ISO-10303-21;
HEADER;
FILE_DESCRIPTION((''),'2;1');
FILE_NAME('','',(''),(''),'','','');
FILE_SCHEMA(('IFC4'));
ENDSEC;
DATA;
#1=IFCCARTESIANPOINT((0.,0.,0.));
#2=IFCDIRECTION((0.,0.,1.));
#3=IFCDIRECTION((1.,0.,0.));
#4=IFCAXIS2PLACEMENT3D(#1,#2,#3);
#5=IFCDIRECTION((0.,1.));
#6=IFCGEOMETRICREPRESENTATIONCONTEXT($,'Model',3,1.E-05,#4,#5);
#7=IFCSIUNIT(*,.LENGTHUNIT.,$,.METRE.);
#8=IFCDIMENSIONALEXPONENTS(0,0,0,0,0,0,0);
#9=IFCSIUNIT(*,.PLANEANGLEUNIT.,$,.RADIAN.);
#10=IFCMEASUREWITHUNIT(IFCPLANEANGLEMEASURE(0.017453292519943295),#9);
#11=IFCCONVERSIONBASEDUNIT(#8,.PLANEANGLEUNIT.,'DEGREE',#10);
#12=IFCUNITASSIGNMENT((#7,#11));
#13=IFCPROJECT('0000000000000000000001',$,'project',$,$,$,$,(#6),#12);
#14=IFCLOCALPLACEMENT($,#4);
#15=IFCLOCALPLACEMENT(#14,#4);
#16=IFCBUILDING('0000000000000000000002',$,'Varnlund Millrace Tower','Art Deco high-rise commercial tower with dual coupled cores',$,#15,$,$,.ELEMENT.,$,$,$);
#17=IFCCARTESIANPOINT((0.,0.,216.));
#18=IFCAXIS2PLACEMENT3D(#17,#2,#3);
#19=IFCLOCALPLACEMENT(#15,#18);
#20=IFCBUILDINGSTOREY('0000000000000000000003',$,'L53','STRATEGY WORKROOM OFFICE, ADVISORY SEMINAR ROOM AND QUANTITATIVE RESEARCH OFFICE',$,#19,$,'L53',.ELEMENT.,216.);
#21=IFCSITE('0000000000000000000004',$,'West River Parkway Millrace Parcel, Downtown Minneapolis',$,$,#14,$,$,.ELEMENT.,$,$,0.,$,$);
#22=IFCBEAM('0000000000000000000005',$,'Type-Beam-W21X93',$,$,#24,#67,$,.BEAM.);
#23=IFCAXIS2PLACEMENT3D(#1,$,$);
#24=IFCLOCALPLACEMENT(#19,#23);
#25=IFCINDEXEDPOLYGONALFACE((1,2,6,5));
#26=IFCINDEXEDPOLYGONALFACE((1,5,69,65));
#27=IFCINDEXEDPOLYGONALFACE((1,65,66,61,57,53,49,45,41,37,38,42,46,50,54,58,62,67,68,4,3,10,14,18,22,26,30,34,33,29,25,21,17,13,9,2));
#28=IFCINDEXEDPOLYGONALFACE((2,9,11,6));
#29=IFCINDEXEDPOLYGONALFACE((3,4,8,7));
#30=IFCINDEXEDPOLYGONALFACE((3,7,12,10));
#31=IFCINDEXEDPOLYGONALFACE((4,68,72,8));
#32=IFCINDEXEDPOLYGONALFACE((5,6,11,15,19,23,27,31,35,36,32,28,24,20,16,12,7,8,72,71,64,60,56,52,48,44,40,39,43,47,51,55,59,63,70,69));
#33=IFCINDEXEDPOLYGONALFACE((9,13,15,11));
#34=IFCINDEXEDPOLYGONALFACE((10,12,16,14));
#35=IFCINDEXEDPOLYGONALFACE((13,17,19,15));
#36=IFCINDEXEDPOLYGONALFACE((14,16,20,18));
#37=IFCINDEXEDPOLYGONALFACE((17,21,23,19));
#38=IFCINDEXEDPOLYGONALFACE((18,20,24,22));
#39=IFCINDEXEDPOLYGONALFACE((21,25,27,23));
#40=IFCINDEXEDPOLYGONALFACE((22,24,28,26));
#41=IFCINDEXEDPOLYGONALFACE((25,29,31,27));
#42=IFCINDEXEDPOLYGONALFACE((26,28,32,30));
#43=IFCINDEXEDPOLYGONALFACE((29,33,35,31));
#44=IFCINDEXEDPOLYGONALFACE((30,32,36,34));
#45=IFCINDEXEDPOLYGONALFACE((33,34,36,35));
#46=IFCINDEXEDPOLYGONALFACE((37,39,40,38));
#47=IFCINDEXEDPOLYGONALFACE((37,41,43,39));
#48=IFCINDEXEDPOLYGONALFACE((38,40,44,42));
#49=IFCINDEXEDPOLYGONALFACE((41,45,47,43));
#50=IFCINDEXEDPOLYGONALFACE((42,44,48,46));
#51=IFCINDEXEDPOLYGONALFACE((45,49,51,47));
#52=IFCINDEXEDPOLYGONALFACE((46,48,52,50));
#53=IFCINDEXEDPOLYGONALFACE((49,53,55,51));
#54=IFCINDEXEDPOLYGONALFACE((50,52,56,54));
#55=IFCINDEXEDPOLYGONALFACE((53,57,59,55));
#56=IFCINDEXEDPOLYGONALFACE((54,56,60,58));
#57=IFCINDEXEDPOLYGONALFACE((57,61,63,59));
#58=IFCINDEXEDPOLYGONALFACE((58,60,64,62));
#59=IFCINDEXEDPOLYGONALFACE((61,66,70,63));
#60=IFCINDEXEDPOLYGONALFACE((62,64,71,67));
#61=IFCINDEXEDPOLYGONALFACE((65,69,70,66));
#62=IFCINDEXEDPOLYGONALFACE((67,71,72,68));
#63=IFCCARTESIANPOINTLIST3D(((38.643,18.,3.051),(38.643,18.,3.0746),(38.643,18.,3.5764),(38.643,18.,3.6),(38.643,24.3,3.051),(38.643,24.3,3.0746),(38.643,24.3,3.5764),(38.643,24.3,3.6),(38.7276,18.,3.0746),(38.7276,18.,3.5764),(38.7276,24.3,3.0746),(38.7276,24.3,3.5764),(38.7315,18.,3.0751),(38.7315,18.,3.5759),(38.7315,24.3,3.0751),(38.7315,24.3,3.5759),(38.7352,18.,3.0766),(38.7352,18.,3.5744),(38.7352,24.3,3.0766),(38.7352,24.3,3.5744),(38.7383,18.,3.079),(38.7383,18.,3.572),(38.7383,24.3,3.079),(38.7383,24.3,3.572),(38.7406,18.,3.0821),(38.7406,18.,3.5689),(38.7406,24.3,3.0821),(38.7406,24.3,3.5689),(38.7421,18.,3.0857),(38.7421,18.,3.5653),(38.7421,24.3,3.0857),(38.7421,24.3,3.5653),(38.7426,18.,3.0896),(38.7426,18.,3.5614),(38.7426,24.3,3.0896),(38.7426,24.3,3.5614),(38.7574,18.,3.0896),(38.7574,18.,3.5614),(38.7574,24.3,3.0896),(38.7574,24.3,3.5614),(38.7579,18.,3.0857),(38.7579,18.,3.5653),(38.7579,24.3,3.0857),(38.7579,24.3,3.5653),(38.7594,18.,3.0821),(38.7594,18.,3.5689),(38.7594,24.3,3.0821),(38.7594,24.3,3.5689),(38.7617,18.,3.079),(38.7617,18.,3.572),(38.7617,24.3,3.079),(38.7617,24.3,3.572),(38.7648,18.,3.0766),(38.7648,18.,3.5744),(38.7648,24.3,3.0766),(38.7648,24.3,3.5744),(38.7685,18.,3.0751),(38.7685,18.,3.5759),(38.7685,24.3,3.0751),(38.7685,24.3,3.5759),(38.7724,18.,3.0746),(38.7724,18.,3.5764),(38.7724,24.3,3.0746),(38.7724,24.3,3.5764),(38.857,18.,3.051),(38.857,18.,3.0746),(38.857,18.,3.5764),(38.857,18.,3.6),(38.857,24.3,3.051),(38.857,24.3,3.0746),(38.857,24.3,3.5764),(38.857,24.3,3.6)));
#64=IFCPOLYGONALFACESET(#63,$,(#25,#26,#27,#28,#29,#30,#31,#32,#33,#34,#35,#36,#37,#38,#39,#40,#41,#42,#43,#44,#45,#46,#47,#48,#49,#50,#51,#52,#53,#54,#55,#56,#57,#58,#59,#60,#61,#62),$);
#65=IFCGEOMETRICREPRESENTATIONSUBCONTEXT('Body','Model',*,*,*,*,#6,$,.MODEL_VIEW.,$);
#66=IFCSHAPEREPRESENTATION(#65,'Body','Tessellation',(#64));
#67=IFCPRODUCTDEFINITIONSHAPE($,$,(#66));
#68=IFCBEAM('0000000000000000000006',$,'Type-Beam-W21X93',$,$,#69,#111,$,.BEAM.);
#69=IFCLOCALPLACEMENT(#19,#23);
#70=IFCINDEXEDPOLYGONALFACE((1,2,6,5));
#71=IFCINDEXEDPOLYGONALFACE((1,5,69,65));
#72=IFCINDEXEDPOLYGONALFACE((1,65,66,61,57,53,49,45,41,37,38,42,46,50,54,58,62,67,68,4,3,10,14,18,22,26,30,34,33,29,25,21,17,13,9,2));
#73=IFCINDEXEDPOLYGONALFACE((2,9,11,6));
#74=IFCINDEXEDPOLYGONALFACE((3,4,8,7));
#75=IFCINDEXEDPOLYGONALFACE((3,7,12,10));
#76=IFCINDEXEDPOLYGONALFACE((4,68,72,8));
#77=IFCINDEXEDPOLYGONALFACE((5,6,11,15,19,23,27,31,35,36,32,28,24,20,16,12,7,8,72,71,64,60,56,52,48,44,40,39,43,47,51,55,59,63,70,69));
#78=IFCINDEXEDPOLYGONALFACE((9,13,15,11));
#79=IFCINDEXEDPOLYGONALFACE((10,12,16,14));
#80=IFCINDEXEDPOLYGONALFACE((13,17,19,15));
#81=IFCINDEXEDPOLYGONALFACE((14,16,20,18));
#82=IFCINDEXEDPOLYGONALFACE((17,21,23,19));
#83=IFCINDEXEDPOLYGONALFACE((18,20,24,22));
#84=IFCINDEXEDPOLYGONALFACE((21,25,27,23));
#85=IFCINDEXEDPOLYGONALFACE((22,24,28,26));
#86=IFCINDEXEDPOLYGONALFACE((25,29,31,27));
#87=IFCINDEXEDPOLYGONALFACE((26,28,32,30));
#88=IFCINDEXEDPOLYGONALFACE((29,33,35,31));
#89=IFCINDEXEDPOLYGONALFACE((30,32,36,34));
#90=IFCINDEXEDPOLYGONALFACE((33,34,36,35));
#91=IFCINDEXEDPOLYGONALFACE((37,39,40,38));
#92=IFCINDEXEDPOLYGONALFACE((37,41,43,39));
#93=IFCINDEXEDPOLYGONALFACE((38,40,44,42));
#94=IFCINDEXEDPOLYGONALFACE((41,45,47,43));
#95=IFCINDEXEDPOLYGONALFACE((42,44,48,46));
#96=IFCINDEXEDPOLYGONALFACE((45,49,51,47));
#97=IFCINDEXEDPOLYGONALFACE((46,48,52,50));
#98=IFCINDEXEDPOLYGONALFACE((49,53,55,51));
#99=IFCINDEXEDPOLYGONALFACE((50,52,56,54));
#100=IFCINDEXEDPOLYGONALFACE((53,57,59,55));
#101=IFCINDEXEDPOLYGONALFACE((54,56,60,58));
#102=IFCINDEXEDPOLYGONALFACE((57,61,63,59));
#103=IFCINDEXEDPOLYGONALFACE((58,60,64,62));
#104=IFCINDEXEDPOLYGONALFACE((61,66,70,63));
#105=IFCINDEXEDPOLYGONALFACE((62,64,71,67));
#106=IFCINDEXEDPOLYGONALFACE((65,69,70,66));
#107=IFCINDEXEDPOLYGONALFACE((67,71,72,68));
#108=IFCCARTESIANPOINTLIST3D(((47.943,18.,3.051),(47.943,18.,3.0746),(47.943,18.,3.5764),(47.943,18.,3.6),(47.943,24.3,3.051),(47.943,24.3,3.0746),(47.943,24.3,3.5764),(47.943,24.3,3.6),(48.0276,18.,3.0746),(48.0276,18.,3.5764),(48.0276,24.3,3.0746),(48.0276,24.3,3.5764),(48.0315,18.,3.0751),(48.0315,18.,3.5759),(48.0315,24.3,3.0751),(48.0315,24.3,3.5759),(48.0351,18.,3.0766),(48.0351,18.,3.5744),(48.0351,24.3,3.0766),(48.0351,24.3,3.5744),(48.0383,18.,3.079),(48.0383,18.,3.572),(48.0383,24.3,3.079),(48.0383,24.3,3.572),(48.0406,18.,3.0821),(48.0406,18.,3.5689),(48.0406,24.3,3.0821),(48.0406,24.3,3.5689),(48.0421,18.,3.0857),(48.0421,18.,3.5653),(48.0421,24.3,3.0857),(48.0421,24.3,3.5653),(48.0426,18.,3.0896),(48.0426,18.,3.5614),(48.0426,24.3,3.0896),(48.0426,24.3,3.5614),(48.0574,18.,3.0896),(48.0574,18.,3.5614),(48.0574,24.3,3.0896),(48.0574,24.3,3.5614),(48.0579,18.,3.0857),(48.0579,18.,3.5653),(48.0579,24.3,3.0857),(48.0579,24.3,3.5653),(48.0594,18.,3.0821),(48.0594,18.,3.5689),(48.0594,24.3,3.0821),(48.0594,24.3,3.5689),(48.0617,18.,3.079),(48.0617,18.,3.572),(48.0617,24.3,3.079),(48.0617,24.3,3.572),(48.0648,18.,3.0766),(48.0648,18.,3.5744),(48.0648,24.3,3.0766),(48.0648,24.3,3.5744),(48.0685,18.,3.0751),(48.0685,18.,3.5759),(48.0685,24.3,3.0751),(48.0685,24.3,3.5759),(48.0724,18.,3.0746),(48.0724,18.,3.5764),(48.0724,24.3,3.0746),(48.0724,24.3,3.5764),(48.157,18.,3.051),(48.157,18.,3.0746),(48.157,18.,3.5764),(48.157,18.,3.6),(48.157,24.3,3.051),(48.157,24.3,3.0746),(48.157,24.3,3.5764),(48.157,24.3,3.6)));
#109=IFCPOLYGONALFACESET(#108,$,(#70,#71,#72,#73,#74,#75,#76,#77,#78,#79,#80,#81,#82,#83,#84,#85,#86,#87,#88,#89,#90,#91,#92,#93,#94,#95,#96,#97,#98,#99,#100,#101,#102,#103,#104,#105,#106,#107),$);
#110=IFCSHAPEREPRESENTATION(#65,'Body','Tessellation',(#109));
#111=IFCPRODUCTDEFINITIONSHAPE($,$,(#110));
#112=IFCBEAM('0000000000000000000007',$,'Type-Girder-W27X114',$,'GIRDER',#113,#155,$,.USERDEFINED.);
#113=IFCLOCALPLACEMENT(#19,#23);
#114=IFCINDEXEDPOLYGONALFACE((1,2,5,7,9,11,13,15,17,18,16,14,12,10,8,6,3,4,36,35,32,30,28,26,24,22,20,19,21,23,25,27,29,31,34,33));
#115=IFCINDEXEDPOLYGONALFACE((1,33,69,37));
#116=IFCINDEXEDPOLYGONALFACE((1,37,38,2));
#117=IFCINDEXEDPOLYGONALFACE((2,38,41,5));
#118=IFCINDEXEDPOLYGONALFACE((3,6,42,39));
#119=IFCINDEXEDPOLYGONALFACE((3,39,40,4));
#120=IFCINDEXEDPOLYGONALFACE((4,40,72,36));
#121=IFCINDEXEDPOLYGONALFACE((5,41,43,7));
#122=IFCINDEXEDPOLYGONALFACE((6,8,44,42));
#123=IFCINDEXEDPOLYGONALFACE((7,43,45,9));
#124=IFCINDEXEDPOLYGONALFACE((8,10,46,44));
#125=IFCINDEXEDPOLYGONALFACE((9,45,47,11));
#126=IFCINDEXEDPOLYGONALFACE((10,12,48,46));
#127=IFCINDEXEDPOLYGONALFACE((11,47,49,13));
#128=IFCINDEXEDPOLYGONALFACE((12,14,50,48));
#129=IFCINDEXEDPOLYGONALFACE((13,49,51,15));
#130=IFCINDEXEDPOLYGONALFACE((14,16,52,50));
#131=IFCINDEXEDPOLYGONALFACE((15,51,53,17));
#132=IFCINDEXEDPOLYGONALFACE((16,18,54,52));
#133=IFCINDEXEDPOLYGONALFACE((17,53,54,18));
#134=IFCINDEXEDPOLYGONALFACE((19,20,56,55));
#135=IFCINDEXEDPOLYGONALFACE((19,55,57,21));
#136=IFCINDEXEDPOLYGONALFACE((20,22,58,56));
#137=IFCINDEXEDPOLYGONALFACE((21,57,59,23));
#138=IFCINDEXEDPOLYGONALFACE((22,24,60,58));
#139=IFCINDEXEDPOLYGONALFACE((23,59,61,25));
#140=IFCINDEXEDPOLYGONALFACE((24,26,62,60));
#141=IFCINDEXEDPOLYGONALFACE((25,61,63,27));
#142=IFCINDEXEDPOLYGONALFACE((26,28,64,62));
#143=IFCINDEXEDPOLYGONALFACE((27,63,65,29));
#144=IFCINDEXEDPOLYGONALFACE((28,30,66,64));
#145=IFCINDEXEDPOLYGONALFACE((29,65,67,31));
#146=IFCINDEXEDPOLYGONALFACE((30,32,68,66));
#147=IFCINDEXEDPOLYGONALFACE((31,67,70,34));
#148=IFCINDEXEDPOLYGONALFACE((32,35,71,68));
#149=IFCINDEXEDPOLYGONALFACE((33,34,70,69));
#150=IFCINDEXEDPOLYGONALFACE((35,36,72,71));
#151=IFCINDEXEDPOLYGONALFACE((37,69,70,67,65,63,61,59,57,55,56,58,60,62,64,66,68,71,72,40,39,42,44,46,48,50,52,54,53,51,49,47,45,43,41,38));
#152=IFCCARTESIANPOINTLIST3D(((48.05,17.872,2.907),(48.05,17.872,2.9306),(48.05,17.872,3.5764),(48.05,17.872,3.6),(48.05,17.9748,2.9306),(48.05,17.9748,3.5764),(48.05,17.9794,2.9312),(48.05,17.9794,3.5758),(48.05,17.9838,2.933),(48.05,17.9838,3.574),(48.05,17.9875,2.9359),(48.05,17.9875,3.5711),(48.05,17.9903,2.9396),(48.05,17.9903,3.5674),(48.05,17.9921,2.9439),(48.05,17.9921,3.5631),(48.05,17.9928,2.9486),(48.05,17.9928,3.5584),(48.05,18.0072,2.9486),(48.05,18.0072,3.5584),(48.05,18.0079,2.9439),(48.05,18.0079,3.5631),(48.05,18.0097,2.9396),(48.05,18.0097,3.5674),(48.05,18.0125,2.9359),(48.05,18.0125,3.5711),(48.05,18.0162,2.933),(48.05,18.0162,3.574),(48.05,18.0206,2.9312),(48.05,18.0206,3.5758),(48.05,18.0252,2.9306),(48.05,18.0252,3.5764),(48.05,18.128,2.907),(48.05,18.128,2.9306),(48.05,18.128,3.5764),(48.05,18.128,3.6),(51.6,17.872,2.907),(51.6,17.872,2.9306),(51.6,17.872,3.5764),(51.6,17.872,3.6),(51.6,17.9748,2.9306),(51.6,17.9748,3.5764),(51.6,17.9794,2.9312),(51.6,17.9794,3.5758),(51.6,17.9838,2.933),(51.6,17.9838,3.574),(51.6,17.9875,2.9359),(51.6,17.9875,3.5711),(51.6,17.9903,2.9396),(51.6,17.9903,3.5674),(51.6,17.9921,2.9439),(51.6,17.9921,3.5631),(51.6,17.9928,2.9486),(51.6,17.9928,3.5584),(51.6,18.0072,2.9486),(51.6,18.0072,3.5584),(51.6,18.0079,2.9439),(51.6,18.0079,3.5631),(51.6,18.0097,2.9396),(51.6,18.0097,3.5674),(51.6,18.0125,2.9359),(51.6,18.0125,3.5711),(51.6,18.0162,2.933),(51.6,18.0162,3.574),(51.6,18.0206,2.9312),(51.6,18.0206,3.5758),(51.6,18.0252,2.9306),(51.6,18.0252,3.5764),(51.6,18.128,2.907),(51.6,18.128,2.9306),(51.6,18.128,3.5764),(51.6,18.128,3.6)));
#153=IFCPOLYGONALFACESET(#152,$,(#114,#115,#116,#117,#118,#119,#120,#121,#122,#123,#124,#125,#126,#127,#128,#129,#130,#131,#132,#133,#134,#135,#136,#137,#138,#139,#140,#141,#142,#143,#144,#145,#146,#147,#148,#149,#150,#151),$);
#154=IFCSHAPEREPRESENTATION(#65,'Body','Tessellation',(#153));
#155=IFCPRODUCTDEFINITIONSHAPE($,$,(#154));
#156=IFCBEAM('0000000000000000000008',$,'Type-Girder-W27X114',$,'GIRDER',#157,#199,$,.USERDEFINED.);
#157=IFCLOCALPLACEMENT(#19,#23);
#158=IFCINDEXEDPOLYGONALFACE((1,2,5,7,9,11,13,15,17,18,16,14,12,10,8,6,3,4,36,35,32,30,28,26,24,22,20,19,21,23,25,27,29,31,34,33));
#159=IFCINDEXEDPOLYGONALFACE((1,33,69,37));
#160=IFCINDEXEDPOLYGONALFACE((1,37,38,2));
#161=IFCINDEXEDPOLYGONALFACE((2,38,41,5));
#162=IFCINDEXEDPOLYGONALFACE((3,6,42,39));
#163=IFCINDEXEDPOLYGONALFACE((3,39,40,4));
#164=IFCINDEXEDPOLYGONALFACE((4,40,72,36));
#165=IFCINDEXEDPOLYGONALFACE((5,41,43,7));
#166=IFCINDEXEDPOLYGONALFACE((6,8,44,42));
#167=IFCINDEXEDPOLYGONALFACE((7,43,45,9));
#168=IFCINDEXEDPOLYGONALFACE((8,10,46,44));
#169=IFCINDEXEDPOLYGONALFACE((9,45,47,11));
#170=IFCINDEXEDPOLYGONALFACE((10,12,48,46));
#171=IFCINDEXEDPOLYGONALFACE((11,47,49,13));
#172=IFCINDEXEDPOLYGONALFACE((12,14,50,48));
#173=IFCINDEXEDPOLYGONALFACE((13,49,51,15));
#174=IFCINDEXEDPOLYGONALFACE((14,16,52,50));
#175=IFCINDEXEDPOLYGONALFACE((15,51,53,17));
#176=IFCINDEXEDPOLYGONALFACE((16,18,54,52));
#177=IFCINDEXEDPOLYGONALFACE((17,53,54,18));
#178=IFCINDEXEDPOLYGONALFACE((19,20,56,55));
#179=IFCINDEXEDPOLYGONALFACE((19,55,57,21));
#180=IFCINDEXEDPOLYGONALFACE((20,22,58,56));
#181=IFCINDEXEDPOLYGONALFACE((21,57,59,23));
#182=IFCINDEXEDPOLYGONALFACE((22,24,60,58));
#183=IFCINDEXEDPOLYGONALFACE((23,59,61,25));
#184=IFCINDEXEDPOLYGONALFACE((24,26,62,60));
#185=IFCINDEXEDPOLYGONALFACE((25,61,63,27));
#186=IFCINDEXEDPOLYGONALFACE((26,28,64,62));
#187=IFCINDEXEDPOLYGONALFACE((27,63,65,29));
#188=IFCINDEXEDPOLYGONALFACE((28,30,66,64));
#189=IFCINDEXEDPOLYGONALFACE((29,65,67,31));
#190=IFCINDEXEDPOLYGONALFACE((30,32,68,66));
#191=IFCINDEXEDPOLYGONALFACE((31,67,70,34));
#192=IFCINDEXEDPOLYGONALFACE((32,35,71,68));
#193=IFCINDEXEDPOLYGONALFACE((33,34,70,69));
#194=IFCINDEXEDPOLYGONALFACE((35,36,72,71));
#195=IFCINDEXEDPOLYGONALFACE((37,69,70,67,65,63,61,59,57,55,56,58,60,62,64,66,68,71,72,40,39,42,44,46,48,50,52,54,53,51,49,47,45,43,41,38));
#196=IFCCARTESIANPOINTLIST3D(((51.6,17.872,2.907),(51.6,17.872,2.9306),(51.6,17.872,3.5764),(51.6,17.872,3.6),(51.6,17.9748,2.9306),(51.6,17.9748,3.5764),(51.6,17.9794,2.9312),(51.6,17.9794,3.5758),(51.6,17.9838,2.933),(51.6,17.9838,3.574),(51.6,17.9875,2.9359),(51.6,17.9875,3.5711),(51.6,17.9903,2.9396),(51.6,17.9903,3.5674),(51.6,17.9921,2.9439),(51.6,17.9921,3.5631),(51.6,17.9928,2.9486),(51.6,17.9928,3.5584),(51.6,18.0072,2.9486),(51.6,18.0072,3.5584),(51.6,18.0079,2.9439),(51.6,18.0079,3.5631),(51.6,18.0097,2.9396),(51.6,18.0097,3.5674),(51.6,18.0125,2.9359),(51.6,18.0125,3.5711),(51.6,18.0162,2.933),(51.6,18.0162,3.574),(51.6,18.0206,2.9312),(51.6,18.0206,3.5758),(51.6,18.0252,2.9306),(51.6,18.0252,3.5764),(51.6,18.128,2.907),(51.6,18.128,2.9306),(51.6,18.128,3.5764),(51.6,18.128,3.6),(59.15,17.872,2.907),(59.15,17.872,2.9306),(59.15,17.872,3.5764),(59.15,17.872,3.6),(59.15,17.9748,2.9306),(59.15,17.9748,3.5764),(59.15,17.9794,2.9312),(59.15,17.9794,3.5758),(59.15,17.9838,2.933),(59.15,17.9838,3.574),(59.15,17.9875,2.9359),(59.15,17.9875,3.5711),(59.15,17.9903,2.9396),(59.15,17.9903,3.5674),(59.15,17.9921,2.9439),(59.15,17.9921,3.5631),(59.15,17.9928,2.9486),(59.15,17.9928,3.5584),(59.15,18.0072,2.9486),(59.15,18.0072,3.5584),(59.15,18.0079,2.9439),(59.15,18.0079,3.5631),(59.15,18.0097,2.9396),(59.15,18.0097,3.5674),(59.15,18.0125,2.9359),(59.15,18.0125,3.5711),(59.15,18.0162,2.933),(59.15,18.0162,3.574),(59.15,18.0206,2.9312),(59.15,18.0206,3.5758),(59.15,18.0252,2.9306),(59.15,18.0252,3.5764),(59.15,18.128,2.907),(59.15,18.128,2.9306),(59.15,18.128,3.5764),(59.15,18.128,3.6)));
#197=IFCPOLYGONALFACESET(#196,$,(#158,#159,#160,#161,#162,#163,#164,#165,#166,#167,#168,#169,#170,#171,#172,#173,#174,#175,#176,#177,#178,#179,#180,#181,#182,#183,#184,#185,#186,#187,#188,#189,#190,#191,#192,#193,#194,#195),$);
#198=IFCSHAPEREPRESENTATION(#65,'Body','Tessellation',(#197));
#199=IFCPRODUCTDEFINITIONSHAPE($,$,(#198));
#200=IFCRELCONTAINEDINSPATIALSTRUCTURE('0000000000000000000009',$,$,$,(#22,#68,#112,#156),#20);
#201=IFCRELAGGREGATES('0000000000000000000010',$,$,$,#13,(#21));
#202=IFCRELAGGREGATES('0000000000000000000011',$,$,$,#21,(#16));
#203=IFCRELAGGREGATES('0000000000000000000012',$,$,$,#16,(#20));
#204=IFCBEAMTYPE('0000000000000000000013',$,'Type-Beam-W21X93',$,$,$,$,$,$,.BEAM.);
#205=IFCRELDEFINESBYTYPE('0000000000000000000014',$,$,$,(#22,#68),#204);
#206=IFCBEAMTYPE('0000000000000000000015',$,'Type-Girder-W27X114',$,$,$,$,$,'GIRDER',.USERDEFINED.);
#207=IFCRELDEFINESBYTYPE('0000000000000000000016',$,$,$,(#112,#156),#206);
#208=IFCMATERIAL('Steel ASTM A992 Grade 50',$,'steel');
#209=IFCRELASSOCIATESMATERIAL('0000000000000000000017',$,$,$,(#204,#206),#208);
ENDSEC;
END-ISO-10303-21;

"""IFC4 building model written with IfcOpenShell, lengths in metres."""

from ifc_helpers import new_model, entity, si_unit, converted_unit, direction, frame, origin_with_axes, origin_2d_with_axis, place, context, subcontext, project, spatial, i_section, extrude, material, material_profile, profile_set, type_object, element, save


model = new_model("IFC4")

# Units and contexts
model_context = context("Model", 3, precision=1e-05, world=origin_with_axes(), true_north=direction((0.0, 1.0)))
body_context = subcontext(model_context, "Body", "Model", "MODEL_VIEW")
ifc_project = project(units=[si_unit("LENGTHUNIT", "METRE"), converted_unit("PLANEANGLEUNIT", "DEGREE", entity("IfcPlaneAngleMeasure", 0.017453292519943295), si_unit("PLANEANGLEUNIT", "RADIAN"), dimensions=[0, 0, 0, 0, 0, 0, 0])], contexts=[model_context])

# Site, building, storey
site_placement = place(None, origin_with_axes())
site = spatial("IfcSite", under=ifc_project, at=site_placement, Name="West River Parkway Millrace Parcel, Downtown Minneapolis", CompositionType="ELEMENT", RefElevation=0.0)
building_placement = place(site_placement, origin_with_axes())
building = spatial("IfcBuilding", under=site, at=building_placement, Name="Varnlund Millrace Tower", Description="Art Deco high-rise commercial tower with dual coupled cores", CompositionType="ELEMENT")
storey_placement = place(building_placement, frame((0.0, 0.0, 216.0), z_axis=(0.0, 0.0, 1.0), x_axis=(1.0, 0.0, 0.0)))
storey = spatial("IfcBuildingStorey", under=building, at=storey_placement, Name="L53", Description="STRATEGY WORKROOM OFFICE, ADVISORY SEMINAR ROOM AND QUANTITATIVE RESEARCH OFFICE", LongName="L53", CompositionType="ELEMENT", Elevation=216.0)

# Beams
ifc_material_1 = material(Name="Steel ASTM A992 Grade 50", Category="steel")
ifc_material_profile_1 = material_profile(ifc_material_1, i_section(OverallWidth=0.214, OverallDepth=0.549, WebThickness=0.0147, FlangeThickness=0.0236, FilletRadius=0.015, at=origin_2d_with_axis()), Name="Steel ASTM A992 Grade 50")
ifc_profile_set_1 = profile_set([ifc_material_profile_1], Name="Steel ASTM A992 Grade 50")
beam_type_1 = type_object("IfcBeamType", Name="Type-Beam-W21X93", PredefinedType="BEAM", material=ifc_profile_set_1)
for number, where, z_axis, x_axis, name in (
    (1, (38.75, 18.0, 3.3255), (0.0, 1.0, 0.0), (-1.0, 0.0, 0.0), "Type-Beam-W21X93"),
    (2, (48.05, 18.0, 3.3255), (0.0, 1.0, 0.0), (-1.0, 0.0, 0.0), "Type-Beam-W21X93"),
):
    element("IfcBeam", number, at=place(storey_placement, frame(where, z_axis=z_axis, x_axis=x_axis)), inside=storey, type_object=beam_type_1, Name=name, PredefinedType="BEAM", context=body_context, shape_type="SweptSolid", body=[
        extrude(i_section(OverallWidth=0.214, OverallDepth=0.549, WebThickness=0.0147, FlangeThickness=0.0236, FilletRadius=0.015, at=origin_2d_with_axis()), origin_with_axes(), (0.0, 0.0, 1.0), 6.3),
    ])
ifc_material_profile_2 = material_profile(ifc_material_1, i_section(OverallWidth=0.256, OverallDepth=0.693, WebThickness=0.0145, FlangeThickness=0.0236, FilletRadius=0.018, at=origin_2d_with_axis()), Name="Steel ASTM A992 Grade 50")
ifc_profile_set_2 = profile_set([ifc_material_profile_2], Name="Steel ASTM A992 Grade 50")
beam_type_2 = type_object("IfcBeamType", Name="Type-Girder-W27X114", ElementType="GIRDER", PredefinedType="USERDEFINED", material=ifc_profile_set_2)
beam_1_placement = place(storey_placement, frame((48.05, 18.0, 3.2535), z_axis=(1.0, 0.0, 0.0), x_axis=(0.0, 1.0, 0.0)))
element("IfcBeam", 3, at=beam_1_placement, inside=storey, type_object=beam_type_2, Name="Type-Girder-W27X114", ObjectType="GIRDER", PredefinedType="USERDEFINED", context=body_context, shape_type="SweptSolid", body=[
    extrude(i_section(OverallWidth=0.256, OverallDepth=0.693, WebThickness=0.0145, FlangeThickness=0.0236, FilletRadius=0.018, at=origin_2d_with_axis()), origin_with_axes(), (0.0, 0.0, 1.0), 3.55),
])
beam_2_placement = place(storey_placement, frame((51.6, 18.0, 3.2535), z_axis=(1.0, 0.0, 0.0), x_axis=(0.0, 1.0, 0.0)))
element("IfcBeam", 4, at=beam_2_placement, inside=storey, type_object=beam_type_2, Name="Type-Girder-W27X114", ObjectType="GIRDER", PredefinedType="USERDEFINED", context=body_context, shape_type="SweptSolid", body=[
    extrude(i_section(OverallWidth=0.256, OverallDepth=0.693, WebThickness=0.0145, FlangeThickness=0.0236, FilletRadius=0.018, at=origin_2d_with_axis()), origin_with_axes(), (0.0, 0.0, 1.0), 7.55),
])

save(model, "model.ifc")
